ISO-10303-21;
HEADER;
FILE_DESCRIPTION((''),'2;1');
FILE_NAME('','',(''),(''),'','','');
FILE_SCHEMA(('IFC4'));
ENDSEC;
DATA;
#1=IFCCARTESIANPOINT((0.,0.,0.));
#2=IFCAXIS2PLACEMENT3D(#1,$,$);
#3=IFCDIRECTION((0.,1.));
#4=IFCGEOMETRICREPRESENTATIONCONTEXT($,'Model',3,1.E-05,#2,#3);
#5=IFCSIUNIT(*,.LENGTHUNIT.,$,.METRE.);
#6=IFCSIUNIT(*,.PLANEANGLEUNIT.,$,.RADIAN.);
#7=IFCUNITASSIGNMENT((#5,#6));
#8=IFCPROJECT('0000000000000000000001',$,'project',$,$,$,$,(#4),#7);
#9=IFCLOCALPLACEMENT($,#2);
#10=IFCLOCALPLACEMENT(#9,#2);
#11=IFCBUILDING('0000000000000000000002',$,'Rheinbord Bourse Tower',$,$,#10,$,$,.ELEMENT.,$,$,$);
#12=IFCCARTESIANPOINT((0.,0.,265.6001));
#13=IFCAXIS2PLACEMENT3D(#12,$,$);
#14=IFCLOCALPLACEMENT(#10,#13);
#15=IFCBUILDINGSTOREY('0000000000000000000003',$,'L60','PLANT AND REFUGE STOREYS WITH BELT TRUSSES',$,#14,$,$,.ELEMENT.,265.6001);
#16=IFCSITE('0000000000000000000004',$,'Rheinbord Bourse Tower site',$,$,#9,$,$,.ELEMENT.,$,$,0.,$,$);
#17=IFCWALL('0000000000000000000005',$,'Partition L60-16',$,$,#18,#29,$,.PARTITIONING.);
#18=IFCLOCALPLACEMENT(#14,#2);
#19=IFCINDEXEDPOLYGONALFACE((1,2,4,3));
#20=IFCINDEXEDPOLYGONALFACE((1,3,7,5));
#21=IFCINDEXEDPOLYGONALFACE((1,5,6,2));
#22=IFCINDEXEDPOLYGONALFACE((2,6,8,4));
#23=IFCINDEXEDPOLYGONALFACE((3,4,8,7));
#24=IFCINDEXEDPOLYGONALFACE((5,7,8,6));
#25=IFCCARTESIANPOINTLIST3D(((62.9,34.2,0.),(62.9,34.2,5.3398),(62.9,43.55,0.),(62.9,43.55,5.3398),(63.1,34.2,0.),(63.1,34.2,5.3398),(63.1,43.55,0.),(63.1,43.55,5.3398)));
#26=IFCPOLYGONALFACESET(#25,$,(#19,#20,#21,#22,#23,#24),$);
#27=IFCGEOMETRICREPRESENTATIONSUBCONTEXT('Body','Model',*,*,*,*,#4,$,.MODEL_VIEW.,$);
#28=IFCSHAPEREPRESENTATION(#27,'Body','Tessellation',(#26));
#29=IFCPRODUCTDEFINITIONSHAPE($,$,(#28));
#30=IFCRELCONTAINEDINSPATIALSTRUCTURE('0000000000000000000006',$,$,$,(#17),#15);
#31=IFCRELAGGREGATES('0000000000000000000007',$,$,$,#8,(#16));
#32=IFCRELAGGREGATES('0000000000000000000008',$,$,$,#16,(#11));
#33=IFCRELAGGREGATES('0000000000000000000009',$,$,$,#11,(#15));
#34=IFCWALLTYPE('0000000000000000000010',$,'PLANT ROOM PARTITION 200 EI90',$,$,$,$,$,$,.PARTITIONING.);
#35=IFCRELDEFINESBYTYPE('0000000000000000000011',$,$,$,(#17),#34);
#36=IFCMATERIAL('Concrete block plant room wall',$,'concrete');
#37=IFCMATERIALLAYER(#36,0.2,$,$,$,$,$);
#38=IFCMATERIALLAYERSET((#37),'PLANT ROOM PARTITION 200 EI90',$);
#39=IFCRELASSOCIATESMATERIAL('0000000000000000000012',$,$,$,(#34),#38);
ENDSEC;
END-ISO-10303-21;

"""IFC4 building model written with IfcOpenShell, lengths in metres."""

from ifc_helpers import new_model, si_unit, direction, frame, frame_2d, origin, place, context, subcontext, project, spatial, rectangle, extrude, material, layer, layer_set, type_object, element, save


model = new_model("IFC4")

# Units and contexts
model_context = context("Model", 3, precision=1e-05, world=origin(), true_north=direction((0.0, 1.0)))
body_context = subcontext(model_context, "Body", "Model", "MODEL_VIEW")
ifc_project = project(units=[si_unit("LENGTHUNIT", "METRE"), si_unit("PLANEANGLEUNIT", "RADIAN")], contexts=[model_context])

# Site, building, storey
site_placement = place(None, origin())
site = spatial("IfcSite", under=ifc_project, at=site_placement, Name="Rheinbord Bourse Tower site", CompositionType="ELEMENT", RefElevation=0.0)
building_placement = place(site_placement, origin())
building = spatial("IfcBuilding", under=site, at=building_placement, Name="Rheinbord Bourse Tower", CompositionType="ELEMENT")
storey_placement = place(building_placement, frame((0.0, 0.0, 265.6001)))
storey = spatial("IfcBuildingStorey", under=building, at=storey_placement, Name="L60", Description="PLANT AND REFUGE STOREYS WITH BELT TRUSSES", CompositionType="ELEMENT", Elevation=265.6001)

# Wall
ifc_material_1 = material(Name="Concrete block plant room wall", Category="concrete")
ifc_layer_1 = layer(ifc_material_1, 0.2)
ifc_layer_set_1 = layer_set([ifc_layer_1], Name="PLANT ROOM PARTITION 200 EI90")
wall_type_1 = type_object("IfcWallType", Name="PLANT ROOM PARTITION 200 EI90", PredefinedType="PARTITIONING", material=ifc_layer_set_1)
wall_1_placement = place(storey_placement, frame((63.0, 34.2, 0.0), z_axis=(0.0, 0.0, 1.0), x_axis=(0.0, 1.0, 0.0)))
element("IfcWall", 1, at=wall_1_placement, inside=storey, type_object=wall_type_1, Name="Partition L60-16", PredefinedType="PARTITIONING", context=body_context, shape_type="SweptSolid", body=[
    extrude(rectangle(XDim=9.3501, YDim=0.2, at=frame_2d((4.675, 0.0))), origin(), (0.0, 0.0, 1.0), 5.3398),
])

save(model, "model.ifc")
